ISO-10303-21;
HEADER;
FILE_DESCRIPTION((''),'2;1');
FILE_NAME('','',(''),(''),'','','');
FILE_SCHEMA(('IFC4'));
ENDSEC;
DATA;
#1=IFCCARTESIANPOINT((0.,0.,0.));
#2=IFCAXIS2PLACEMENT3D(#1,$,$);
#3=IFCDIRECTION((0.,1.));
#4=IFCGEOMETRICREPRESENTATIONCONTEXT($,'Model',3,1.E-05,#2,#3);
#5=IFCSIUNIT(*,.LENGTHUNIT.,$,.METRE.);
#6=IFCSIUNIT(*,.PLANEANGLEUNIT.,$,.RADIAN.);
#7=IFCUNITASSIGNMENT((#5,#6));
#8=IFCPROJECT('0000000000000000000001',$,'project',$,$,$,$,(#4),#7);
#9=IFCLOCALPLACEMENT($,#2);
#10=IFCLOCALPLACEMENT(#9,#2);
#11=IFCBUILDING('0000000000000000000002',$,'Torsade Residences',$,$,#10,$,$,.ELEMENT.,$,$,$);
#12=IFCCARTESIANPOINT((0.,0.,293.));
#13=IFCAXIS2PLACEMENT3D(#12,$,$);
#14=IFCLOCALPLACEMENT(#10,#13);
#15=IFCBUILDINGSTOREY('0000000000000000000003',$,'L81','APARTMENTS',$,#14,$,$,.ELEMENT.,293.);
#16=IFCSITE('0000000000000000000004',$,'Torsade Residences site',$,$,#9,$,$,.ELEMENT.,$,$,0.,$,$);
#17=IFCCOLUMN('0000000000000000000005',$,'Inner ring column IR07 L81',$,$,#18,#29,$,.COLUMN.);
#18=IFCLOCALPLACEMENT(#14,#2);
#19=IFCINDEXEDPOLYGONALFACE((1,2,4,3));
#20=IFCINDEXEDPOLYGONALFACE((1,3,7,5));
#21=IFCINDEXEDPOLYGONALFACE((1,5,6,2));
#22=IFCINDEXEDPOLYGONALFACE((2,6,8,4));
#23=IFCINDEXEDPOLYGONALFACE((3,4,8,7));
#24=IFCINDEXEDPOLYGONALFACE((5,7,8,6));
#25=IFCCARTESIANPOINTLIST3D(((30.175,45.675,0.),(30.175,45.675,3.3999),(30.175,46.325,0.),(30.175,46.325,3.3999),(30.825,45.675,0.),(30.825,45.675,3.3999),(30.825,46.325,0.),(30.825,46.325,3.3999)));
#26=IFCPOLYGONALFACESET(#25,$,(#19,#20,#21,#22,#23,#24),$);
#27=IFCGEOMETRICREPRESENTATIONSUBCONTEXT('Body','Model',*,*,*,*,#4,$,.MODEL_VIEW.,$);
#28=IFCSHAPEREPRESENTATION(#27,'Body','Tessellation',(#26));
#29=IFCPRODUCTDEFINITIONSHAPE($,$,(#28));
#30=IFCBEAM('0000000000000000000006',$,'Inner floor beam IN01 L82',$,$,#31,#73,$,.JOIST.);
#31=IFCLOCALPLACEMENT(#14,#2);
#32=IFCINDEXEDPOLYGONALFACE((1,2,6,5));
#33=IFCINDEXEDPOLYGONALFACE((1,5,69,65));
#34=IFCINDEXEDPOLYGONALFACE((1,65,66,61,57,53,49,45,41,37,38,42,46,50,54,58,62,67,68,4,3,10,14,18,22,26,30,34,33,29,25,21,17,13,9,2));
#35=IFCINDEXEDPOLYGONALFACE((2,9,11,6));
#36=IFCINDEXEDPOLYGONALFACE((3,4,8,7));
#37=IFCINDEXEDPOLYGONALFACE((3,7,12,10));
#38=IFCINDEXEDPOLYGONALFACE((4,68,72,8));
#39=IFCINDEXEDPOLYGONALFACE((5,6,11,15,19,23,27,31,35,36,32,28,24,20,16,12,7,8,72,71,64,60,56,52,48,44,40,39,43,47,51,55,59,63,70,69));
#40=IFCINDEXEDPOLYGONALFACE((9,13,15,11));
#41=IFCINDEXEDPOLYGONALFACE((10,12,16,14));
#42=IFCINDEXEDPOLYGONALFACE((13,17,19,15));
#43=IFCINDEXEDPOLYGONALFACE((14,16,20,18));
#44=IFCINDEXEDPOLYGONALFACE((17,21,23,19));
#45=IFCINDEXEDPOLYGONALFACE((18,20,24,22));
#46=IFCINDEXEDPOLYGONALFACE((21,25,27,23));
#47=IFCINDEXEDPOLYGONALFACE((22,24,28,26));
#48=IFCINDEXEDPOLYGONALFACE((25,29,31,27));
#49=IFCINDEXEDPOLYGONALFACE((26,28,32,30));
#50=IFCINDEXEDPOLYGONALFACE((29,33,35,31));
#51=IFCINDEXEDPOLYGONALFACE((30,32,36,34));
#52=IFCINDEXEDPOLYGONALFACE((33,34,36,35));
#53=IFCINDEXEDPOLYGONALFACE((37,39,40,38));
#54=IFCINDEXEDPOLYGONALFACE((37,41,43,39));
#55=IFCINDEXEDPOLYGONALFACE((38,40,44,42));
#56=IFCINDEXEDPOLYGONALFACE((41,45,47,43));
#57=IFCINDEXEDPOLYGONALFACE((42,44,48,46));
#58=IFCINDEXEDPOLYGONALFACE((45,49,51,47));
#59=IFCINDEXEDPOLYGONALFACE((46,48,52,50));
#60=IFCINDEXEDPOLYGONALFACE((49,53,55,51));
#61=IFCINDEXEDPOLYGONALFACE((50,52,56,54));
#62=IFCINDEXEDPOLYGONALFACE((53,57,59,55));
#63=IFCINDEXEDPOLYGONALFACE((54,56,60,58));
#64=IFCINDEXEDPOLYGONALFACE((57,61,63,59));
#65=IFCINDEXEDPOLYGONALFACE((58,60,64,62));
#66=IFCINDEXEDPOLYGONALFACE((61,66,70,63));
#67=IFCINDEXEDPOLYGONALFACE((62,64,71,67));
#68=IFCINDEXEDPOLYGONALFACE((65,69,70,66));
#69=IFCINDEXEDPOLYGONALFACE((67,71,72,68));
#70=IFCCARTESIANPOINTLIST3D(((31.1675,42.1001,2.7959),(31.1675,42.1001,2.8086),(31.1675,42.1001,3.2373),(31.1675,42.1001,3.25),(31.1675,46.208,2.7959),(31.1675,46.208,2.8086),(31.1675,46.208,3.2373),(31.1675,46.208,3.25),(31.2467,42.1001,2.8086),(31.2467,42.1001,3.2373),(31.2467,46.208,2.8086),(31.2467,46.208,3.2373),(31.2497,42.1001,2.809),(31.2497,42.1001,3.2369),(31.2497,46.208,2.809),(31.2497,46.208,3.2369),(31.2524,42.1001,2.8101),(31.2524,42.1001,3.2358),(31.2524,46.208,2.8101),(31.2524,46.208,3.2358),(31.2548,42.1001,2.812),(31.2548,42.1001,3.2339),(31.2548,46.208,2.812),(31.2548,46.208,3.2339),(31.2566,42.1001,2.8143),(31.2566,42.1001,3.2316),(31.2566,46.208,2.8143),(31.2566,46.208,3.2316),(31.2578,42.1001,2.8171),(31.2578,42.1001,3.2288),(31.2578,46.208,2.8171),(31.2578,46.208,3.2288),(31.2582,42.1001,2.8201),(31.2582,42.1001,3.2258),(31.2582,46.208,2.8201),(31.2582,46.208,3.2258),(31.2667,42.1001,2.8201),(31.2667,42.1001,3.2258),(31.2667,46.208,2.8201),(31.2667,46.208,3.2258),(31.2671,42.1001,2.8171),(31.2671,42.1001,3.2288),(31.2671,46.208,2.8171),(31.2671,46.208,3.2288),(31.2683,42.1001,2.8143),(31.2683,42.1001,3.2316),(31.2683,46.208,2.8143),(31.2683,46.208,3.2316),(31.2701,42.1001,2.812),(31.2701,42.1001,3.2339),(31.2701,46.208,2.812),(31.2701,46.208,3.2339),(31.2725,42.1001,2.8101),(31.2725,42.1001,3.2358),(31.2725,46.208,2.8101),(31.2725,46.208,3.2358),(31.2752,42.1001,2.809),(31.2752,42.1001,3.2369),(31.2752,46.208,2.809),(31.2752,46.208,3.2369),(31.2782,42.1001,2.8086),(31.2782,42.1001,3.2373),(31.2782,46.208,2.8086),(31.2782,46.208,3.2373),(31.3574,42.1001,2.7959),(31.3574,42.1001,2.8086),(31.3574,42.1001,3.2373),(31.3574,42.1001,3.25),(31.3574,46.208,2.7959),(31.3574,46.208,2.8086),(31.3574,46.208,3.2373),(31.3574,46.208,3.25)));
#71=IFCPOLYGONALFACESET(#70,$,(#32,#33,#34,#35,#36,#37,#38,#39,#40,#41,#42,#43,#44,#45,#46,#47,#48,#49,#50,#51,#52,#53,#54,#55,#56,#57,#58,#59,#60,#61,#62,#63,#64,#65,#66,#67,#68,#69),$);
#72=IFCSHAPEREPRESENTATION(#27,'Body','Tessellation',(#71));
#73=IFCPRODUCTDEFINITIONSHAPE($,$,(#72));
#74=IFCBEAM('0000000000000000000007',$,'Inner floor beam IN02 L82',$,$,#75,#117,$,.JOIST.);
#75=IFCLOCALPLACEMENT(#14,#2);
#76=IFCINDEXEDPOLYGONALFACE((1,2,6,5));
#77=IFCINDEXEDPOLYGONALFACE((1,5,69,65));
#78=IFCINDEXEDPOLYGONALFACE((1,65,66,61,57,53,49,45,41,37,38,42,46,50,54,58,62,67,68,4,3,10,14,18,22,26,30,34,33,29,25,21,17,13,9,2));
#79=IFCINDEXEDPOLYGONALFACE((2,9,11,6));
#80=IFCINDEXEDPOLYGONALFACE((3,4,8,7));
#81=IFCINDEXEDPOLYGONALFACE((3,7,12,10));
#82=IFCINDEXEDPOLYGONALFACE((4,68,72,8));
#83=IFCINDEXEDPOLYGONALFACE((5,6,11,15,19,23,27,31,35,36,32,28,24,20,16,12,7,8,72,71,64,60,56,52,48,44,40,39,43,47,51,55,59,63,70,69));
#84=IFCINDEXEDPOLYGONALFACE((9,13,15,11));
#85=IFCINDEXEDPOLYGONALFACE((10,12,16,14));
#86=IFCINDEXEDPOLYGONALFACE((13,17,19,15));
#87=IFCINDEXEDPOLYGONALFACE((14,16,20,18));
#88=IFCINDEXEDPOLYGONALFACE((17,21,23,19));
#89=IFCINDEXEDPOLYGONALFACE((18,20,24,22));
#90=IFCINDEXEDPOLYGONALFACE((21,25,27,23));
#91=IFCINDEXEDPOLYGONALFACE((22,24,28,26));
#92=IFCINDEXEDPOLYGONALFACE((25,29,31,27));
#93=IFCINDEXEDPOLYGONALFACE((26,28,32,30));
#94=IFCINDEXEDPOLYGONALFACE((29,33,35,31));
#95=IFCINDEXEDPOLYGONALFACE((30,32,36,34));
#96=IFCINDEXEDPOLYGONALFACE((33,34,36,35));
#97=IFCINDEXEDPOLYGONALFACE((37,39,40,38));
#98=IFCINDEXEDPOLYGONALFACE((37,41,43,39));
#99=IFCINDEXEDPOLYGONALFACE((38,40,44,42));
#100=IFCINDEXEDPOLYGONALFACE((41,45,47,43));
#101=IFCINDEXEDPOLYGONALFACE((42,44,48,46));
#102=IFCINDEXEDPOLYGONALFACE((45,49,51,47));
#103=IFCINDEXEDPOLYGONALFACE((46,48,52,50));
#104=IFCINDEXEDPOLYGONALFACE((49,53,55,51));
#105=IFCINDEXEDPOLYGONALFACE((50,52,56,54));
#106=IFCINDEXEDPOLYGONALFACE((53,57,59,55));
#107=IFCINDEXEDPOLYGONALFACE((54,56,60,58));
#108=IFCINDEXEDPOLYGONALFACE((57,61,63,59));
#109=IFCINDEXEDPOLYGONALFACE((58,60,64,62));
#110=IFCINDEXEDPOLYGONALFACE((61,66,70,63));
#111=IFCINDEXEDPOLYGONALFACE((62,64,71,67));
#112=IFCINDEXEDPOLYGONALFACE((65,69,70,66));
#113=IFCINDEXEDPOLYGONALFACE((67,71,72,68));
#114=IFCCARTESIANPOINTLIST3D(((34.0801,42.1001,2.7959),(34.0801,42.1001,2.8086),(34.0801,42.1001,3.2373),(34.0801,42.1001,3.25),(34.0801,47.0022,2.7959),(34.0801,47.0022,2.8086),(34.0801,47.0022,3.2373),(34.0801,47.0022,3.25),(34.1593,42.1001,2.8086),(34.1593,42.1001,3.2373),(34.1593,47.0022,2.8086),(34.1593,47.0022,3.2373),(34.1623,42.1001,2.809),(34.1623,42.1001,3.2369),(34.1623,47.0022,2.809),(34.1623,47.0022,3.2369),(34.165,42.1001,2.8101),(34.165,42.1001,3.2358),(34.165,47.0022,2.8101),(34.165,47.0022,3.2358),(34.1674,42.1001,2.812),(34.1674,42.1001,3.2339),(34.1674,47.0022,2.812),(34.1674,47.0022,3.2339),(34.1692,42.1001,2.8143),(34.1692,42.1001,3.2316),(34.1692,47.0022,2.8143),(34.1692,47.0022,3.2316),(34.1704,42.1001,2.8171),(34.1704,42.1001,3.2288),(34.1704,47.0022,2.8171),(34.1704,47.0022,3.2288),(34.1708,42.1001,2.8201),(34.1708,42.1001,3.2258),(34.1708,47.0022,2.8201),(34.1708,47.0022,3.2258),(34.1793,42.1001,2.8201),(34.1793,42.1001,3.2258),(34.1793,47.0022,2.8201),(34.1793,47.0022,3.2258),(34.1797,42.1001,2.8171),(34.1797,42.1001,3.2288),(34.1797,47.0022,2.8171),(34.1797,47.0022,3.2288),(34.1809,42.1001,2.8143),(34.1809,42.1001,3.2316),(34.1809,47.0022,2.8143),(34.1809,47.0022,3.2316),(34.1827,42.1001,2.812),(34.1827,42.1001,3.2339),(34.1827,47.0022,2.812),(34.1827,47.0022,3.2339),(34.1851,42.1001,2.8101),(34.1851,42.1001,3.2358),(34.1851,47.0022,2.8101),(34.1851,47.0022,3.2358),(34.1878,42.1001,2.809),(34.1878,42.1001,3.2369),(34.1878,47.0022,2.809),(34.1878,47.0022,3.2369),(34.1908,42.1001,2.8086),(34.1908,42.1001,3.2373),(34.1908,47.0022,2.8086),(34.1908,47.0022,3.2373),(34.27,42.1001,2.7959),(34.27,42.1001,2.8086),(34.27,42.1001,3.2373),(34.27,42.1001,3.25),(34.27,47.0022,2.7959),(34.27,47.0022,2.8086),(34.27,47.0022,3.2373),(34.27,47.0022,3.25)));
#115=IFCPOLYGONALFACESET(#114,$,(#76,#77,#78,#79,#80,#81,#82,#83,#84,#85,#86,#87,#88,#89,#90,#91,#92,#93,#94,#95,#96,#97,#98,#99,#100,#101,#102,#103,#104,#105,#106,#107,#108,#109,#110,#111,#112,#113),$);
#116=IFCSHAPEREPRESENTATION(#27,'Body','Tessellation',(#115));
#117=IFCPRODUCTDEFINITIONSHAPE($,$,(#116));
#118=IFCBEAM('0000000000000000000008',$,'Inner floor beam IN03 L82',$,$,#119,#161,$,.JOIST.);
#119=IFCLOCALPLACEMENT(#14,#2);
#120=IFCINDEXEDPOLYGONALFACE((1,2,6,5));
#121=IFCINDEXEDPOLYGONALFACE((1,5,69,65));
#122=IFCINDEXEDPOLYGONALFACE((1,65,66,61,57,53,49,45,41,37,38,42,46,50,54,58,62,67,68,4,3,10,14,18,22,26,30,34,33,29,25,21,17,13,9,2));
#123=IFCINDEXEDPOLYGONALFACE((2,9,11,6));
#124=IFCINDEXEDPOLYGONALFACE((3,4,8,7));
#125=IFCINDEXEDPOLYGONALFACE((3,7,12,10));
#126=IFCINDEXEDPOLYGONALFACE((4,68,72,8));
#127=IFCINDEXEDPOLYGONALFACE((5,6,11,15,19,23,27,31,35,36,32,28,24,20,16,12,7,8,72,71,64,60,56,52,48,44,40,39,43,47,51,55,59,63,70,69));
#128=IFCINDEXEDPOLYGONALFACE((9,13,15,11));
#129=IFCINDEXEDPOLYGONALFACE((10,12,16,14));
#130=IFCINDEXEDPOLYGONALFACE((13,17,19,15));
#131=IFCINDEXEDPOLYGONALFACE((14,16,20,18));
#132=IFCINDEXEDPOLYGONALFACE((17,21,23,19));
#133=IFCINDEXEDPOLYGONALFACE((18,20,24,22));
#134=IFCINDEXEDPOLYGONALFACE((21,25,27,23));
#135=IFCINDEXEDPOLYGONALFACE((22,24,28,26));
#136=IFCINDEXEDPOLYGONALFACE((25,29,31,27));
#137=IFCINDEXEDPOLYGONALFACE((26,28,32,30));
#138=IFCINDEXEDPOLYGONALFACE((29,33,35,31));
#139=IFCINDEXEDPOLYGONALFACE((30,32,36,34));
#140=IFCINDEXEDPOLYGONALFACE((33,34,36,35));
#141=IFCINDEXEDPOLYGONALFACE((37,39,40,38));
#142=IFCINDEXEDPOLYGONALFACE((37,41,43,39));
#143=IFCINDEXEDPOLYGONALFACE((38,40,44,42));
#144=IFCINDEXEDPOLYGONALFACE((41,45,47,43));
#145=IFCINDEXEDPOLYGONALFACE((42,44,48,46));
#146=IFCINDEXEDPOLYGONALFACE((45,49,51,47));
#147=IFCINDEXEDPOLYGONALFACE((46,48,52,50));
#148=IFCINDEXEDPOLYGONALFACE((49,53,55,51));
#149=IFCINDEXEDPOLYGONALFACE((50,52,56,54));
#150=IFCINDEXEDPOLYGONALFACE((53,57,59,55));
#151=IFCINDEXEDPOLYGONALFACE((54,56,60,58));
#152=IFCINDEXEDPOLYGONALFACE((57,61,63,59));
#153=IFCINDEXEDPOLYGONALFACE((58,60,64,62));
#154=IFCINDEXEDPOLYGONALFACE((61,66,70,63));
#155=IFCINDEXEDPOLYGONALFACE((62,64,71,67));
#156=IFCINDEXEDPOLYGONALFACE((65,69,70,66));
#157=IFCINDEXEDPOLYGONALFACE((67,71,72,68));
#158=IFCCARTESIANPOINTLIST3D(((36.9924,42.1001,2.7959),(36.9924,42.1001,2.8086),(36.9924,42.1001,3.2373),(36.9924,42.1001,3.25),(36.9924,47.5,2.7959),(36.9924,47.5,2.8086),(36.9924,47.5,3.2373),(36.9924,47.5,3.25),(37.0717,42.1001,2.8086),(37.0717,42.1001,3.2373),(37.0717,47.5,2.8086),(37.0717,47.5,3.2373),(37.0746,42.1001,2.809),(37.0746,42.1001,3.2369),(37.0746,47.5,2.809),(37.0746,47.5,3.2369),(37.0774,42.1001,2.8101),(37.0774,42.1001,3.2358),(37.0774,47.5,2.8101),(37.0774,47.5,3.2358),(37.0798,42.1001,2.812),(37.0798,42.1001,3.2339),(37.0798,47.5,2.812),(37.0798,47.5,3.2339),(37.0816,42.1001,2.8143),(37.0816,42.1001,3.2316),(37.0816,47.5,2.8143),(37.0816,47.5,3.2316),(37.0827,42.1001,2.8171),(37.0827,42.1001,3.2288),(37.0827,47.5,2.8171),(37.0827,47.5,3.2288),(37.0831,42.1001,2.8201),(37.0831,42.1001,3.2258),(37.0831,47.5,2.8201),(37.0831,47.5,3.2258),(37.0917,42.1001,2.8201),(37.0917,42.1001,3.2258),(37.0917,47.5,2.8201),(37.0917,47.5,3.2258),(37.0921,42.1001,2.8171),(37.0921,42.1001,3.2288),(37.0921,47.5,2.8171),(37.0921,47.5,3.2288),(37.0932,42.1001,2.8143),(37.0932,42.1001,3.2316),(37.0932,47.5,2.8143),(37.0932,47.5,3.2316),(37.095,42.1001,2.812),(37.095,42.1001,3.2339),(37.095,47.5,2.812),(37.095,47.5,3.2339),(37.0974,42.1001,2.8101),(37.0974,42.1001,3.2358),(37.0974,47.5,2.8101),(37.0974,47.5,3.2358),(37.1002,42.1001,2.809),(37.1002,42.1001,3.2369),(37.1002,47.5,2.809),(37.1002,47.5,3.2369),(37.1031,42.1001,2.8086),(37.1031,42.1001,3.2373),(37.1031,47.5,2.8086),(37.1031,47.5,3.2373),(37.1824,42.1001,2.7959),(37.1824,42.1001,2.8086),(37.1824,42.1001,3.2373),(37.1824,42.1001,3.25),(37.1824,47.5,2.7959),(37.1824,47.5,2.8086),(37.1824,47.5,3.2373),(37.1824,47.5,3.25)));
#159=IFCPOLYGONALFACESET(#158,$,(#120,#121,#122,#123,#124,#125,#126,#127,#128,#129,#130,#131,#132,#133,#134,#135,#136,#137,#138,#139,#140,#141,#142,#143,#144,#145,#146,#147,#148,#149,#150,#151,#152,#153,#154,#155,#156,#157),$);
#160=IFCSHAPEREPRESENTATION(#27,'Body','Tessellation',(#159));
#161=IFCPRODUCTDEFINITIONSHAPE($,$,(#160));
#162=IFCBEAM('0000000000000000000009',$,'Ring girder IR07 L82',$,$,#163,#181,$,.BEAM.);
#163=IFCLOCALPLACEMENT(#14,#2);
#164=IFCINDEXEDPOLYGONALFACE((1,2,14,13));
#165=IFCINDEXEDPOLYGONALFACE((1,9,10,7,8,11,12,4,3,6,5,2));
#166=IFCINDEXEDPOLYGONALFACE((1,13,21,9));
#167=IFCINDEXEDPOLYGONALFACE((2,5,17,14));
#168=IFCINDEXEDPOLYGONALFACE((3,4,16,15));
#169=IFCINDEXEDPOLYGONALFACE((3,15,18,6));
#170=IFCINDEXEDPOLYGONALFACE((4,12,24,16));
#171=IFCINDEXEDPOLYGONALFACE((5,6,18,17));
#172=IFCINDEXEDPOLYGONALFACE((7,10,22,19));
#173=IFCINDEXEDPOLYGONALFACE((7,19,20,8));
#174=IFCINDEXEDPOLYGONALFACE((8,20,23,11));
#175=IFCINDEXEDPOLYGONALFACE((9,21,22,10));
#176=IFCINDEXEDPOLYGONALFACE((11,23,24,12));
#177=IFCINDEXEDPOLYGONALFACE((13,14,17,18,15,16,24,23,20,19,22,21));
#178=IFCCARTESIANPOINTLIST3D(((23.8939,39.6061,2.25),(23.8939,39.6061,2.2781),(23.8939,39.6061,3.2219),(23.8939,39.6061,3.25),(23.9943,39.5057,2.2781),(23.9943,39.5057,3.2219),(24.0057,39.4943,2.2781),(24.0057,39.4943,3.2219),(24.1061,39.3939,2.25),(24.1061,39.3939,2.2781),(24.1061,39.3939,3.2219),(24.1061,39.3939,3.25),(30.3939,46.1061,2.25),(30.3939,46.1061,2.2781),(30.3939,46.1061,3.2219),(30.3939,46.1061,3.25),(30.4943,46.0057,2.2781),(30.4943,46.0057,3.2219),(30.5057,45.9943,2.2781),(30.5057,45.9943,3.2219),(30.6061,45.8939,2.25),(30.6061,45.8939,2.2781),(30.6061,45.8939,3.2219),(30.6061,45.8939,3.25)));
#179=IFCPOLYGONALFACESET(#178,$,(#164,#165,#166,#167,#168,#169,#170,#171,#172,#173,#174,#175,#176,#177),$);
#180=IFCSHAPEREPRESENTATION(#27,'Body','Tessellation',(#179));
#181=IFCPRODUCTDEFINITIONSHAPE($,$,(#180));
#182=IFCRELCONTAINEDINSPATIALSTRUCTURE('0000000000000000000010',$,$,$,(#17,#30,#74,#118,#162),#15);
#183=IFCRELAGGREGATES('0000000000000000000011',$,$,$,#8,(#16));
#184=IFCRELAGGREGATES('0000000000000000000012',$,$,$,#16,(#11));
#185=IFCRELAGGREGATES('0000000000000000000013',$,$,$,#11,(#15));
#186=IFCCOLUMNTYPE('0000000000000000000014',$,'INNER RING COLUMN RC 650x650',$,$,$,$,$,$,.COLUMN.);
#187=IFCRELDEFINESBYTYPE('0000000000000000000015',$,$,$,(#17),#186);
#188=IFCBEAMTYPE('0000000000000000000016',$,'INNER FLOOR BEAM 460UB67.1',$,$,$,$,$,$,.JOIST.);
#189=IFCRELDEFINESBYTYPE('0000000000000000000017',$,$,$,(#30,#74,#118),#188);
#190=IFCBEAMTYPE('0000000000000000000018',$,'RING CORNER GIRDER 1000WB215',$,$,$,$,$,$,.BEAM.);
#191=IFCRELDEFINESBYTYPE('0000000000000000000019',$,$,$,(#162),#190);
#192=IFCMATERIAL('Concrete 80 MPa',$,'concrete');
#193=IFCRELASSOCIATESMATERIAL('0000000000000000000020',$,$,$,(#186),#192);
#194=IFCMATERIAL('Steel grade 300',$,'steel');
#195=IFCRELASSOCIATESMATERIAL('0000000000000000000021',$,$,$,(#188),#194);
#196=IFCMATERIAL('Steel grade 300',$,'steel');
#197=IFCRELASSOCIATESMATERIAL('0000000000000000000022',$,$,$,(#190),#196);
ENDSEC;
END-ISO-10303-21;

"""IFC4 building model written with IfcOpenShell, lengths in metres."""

from ifc_helpers import new_model, si_unit, direction, frame, origin, origin_2d, place, context, subcontext, project, spatial, rectangle, i_section, extrude, material, material_profile, profile_set, type_object, element, save


model = new_model("IFC4")

# Units and contexts
model_context = context("Model", 3, precision=1e-05, world=origin(), true_north=direction((0.0, 1.0)))
body_context = subcontext(model_context, "Body", "Model", "MODEL_VIEW")
ifc_project = project(units=[si_unit("LENGTHUNIT", "METRE"), si_unit("PLANEANGLEUNIT", "RADIAN")], contexts=[model_context])

# Site, building, storey
site_placement = place(None, origin())
site = spatial("IfcSite", under=ifc_project, at=site_placement, Name="Torsade Residences site", CompositionType="ELEMENT", RefElevation=0.0)
building_placement = place(site_placement, origin())
building = spatial("IfcBuilding", under=site, at=building_placement, Name="Torsade Residences", CompositionType="ELEMENT")
storey_placement = place(building_placement, frame((0.0, 0.0, 293.0)))
storey = spatial("IfcBuildingStorey", under=building, at=storey_placement, Name="L81", Description="APARTMENTS", CompositionType="ELEMENT", Elevation=293.0)

# Column
ifc_material_1 = material(Name="Concrete 80 MPa", Category="concrete")
ifc_material_profile_1 = material_profile(ifc_material_1, rectangle(XDim=0.6499, YDim=0.6499, at=origin_2d()), Name="RC 650x650")
ifc_profile_set_1 = profile_set([ifc_material_profile_1], Name="Concrete 80 MPa")
column_type = type_object("IfcColumnType", Name="INNER RING COLUMN RC 650x650", PredefinedType="COLUMN", material=ifc_profile_set_1)
column_placement = place(storey_placement, frame((30.5, 46.0, 0.0), z_axis=(0.0, 0.0, 1.0), x_axis=(1.0, 0.0, 0.0)))
element("IfcColumn", 1, at=column_placement, inside=storey, type_object=column_type, Name="Inner ring column IR07 L81", PredefinedType="COLUMN", context=body_context, shape_type="SweptSolid", body=[
    extrude(rectangle(XDim=0.6499, YDim=0.6499, at=origin_2d()), origin(), (0.0, 0.0, 1.0), 3.3999),
])

# Beams
ifc_material_2 = material(Name="Steel grade 300", Category="steel")
ifc_material_profile_2 = material_profile(ifc_material_2, i_section(OverallWidth=0.1899, OverallDepth=0.4541, WebThickness=0.0085, FlangeThickness=0.0127, FilletRadius=0.0115, at=origin_2d()), Name="460UB67.1")
ifc_profile_set_2 = profile_set([ifc_material_profile_2], Name="Steel grade 300")
beam_type_1 = type_object("IfcBeamType", Name="INNER FLOOR BEAM 460UB67.1", PredefinedType="JOIST", material=ifc_profile_set_2)
beam_1_placement = place(storey_placement, frame((31.2625, 42.1001, 3.0229), z_axis=(0.0, 1.0, 0.0), x_axis=(-1.0, 0.0, 0.0)))
element("IfcBeam", 2, at=beam_1_placement, inside=storey, type_object=beam_type_1, Name="Inner floor beam IN01 L82", PredefinedType="JOIST", context=body_context, shape_type="SweptSolid", body=[
    extrude(i_section(OverallWidth=0.1899, OverallDepth=0.4541, WebThickness=0.0085, FlangeThickness=0.0127, FilletRadius=0.0115, at=origin_2d()), origin(), (0.0, 0.0, 1.0), 4.1079),
])
beam_2_placement = place(storey_placement, frame((34.175, 42.1001, 3.0229), z_axis=(0.0, 1.0, 0.0), x_axis=(-1.0, 0.0, 0.0)))
element("IfcBeam", 3, at=beam_2_placement, inside=storey, type_object=beam_type_1, Name="Inner floor beam IN02 L82", PredefinedType="JOIST", context=body_context, shape_type="SweptSolid", body=[
    extrude(i_section(OverallWidth=0.1899, OverallDepth=0.4541, WebThickness=0.0085, FlangeThickness=0.0127, FilletRadius=0.0115, at=origin_2d()), origin(), (0.0, 0.0, 1.0), 4.9021),
])
beam_3_placement = place(storey_placement, frame((37.0874, 42.1001, 3.0229), z_axis=(0.0, 1.0, 0.0), x_axis=(-1.0, 0.0, 0.0)))
element("IfcBeam", 4, at=beam_3_placement, inside=storey, type_object=beam_type_1, Name="Inner floor beam IN03 L82", PredefinedType="JOIST", context=body_context, shape_type="SweptSolid", body=[
    extrude(i_section(OverallWidth=0.1899, OverallDepth=0.4541, WebThickness=0.0085, FlangeThickness=0.0127, FilletRadius=0.0115, at=origin_2d()), origin(), (0.0, 0.0, 1.0), 5.3999),
])
ifc_material_3 = material(Name="Steel grade 300", Category="steel")
ifc_material_profile_3 = material_profile(ifc_material_3, i_section(OverallWidth=0.3, OverallDepth=1.0, WebThickness=0.0161, FlangeThickness=0.0281, at=origin_2d()), Name="1000WB215")
ifc_profile_set_3 = profile_set([ifc_material_profile_3], Name="Steel grade 300")
beam_type_2 = type_object("IfcBeamType", Name="RING CORNER GIRDER 1000WB215", PredefinedType="BEAM", material=ifc_profile_set_3)
beam_4_placement = place(storey_placement, frame((30.5, 46.0, 2.75), z_axis=(-0.707107, -0.707107, 0.0), x_axis=(0.707107, -0.707107, 0.0)))
element("IfcBeam", 5, at=beam_4_placement, inside=storey, type_object=beam_type_2, Name="Ring girder IR07 L82", PredefinedType="BEAM", context=body_context, shape_type="SweptSolid", body=[
    extrude(i_section(OverallWidth=0.3, OverallDepth=1.0, WebThickness=0.0161, FlangeThickness=0.0281, at=origin_2d()), origin(), (0.0, 0.0, 1.0), 9.1924),
])

save(model, "model.ifc")
